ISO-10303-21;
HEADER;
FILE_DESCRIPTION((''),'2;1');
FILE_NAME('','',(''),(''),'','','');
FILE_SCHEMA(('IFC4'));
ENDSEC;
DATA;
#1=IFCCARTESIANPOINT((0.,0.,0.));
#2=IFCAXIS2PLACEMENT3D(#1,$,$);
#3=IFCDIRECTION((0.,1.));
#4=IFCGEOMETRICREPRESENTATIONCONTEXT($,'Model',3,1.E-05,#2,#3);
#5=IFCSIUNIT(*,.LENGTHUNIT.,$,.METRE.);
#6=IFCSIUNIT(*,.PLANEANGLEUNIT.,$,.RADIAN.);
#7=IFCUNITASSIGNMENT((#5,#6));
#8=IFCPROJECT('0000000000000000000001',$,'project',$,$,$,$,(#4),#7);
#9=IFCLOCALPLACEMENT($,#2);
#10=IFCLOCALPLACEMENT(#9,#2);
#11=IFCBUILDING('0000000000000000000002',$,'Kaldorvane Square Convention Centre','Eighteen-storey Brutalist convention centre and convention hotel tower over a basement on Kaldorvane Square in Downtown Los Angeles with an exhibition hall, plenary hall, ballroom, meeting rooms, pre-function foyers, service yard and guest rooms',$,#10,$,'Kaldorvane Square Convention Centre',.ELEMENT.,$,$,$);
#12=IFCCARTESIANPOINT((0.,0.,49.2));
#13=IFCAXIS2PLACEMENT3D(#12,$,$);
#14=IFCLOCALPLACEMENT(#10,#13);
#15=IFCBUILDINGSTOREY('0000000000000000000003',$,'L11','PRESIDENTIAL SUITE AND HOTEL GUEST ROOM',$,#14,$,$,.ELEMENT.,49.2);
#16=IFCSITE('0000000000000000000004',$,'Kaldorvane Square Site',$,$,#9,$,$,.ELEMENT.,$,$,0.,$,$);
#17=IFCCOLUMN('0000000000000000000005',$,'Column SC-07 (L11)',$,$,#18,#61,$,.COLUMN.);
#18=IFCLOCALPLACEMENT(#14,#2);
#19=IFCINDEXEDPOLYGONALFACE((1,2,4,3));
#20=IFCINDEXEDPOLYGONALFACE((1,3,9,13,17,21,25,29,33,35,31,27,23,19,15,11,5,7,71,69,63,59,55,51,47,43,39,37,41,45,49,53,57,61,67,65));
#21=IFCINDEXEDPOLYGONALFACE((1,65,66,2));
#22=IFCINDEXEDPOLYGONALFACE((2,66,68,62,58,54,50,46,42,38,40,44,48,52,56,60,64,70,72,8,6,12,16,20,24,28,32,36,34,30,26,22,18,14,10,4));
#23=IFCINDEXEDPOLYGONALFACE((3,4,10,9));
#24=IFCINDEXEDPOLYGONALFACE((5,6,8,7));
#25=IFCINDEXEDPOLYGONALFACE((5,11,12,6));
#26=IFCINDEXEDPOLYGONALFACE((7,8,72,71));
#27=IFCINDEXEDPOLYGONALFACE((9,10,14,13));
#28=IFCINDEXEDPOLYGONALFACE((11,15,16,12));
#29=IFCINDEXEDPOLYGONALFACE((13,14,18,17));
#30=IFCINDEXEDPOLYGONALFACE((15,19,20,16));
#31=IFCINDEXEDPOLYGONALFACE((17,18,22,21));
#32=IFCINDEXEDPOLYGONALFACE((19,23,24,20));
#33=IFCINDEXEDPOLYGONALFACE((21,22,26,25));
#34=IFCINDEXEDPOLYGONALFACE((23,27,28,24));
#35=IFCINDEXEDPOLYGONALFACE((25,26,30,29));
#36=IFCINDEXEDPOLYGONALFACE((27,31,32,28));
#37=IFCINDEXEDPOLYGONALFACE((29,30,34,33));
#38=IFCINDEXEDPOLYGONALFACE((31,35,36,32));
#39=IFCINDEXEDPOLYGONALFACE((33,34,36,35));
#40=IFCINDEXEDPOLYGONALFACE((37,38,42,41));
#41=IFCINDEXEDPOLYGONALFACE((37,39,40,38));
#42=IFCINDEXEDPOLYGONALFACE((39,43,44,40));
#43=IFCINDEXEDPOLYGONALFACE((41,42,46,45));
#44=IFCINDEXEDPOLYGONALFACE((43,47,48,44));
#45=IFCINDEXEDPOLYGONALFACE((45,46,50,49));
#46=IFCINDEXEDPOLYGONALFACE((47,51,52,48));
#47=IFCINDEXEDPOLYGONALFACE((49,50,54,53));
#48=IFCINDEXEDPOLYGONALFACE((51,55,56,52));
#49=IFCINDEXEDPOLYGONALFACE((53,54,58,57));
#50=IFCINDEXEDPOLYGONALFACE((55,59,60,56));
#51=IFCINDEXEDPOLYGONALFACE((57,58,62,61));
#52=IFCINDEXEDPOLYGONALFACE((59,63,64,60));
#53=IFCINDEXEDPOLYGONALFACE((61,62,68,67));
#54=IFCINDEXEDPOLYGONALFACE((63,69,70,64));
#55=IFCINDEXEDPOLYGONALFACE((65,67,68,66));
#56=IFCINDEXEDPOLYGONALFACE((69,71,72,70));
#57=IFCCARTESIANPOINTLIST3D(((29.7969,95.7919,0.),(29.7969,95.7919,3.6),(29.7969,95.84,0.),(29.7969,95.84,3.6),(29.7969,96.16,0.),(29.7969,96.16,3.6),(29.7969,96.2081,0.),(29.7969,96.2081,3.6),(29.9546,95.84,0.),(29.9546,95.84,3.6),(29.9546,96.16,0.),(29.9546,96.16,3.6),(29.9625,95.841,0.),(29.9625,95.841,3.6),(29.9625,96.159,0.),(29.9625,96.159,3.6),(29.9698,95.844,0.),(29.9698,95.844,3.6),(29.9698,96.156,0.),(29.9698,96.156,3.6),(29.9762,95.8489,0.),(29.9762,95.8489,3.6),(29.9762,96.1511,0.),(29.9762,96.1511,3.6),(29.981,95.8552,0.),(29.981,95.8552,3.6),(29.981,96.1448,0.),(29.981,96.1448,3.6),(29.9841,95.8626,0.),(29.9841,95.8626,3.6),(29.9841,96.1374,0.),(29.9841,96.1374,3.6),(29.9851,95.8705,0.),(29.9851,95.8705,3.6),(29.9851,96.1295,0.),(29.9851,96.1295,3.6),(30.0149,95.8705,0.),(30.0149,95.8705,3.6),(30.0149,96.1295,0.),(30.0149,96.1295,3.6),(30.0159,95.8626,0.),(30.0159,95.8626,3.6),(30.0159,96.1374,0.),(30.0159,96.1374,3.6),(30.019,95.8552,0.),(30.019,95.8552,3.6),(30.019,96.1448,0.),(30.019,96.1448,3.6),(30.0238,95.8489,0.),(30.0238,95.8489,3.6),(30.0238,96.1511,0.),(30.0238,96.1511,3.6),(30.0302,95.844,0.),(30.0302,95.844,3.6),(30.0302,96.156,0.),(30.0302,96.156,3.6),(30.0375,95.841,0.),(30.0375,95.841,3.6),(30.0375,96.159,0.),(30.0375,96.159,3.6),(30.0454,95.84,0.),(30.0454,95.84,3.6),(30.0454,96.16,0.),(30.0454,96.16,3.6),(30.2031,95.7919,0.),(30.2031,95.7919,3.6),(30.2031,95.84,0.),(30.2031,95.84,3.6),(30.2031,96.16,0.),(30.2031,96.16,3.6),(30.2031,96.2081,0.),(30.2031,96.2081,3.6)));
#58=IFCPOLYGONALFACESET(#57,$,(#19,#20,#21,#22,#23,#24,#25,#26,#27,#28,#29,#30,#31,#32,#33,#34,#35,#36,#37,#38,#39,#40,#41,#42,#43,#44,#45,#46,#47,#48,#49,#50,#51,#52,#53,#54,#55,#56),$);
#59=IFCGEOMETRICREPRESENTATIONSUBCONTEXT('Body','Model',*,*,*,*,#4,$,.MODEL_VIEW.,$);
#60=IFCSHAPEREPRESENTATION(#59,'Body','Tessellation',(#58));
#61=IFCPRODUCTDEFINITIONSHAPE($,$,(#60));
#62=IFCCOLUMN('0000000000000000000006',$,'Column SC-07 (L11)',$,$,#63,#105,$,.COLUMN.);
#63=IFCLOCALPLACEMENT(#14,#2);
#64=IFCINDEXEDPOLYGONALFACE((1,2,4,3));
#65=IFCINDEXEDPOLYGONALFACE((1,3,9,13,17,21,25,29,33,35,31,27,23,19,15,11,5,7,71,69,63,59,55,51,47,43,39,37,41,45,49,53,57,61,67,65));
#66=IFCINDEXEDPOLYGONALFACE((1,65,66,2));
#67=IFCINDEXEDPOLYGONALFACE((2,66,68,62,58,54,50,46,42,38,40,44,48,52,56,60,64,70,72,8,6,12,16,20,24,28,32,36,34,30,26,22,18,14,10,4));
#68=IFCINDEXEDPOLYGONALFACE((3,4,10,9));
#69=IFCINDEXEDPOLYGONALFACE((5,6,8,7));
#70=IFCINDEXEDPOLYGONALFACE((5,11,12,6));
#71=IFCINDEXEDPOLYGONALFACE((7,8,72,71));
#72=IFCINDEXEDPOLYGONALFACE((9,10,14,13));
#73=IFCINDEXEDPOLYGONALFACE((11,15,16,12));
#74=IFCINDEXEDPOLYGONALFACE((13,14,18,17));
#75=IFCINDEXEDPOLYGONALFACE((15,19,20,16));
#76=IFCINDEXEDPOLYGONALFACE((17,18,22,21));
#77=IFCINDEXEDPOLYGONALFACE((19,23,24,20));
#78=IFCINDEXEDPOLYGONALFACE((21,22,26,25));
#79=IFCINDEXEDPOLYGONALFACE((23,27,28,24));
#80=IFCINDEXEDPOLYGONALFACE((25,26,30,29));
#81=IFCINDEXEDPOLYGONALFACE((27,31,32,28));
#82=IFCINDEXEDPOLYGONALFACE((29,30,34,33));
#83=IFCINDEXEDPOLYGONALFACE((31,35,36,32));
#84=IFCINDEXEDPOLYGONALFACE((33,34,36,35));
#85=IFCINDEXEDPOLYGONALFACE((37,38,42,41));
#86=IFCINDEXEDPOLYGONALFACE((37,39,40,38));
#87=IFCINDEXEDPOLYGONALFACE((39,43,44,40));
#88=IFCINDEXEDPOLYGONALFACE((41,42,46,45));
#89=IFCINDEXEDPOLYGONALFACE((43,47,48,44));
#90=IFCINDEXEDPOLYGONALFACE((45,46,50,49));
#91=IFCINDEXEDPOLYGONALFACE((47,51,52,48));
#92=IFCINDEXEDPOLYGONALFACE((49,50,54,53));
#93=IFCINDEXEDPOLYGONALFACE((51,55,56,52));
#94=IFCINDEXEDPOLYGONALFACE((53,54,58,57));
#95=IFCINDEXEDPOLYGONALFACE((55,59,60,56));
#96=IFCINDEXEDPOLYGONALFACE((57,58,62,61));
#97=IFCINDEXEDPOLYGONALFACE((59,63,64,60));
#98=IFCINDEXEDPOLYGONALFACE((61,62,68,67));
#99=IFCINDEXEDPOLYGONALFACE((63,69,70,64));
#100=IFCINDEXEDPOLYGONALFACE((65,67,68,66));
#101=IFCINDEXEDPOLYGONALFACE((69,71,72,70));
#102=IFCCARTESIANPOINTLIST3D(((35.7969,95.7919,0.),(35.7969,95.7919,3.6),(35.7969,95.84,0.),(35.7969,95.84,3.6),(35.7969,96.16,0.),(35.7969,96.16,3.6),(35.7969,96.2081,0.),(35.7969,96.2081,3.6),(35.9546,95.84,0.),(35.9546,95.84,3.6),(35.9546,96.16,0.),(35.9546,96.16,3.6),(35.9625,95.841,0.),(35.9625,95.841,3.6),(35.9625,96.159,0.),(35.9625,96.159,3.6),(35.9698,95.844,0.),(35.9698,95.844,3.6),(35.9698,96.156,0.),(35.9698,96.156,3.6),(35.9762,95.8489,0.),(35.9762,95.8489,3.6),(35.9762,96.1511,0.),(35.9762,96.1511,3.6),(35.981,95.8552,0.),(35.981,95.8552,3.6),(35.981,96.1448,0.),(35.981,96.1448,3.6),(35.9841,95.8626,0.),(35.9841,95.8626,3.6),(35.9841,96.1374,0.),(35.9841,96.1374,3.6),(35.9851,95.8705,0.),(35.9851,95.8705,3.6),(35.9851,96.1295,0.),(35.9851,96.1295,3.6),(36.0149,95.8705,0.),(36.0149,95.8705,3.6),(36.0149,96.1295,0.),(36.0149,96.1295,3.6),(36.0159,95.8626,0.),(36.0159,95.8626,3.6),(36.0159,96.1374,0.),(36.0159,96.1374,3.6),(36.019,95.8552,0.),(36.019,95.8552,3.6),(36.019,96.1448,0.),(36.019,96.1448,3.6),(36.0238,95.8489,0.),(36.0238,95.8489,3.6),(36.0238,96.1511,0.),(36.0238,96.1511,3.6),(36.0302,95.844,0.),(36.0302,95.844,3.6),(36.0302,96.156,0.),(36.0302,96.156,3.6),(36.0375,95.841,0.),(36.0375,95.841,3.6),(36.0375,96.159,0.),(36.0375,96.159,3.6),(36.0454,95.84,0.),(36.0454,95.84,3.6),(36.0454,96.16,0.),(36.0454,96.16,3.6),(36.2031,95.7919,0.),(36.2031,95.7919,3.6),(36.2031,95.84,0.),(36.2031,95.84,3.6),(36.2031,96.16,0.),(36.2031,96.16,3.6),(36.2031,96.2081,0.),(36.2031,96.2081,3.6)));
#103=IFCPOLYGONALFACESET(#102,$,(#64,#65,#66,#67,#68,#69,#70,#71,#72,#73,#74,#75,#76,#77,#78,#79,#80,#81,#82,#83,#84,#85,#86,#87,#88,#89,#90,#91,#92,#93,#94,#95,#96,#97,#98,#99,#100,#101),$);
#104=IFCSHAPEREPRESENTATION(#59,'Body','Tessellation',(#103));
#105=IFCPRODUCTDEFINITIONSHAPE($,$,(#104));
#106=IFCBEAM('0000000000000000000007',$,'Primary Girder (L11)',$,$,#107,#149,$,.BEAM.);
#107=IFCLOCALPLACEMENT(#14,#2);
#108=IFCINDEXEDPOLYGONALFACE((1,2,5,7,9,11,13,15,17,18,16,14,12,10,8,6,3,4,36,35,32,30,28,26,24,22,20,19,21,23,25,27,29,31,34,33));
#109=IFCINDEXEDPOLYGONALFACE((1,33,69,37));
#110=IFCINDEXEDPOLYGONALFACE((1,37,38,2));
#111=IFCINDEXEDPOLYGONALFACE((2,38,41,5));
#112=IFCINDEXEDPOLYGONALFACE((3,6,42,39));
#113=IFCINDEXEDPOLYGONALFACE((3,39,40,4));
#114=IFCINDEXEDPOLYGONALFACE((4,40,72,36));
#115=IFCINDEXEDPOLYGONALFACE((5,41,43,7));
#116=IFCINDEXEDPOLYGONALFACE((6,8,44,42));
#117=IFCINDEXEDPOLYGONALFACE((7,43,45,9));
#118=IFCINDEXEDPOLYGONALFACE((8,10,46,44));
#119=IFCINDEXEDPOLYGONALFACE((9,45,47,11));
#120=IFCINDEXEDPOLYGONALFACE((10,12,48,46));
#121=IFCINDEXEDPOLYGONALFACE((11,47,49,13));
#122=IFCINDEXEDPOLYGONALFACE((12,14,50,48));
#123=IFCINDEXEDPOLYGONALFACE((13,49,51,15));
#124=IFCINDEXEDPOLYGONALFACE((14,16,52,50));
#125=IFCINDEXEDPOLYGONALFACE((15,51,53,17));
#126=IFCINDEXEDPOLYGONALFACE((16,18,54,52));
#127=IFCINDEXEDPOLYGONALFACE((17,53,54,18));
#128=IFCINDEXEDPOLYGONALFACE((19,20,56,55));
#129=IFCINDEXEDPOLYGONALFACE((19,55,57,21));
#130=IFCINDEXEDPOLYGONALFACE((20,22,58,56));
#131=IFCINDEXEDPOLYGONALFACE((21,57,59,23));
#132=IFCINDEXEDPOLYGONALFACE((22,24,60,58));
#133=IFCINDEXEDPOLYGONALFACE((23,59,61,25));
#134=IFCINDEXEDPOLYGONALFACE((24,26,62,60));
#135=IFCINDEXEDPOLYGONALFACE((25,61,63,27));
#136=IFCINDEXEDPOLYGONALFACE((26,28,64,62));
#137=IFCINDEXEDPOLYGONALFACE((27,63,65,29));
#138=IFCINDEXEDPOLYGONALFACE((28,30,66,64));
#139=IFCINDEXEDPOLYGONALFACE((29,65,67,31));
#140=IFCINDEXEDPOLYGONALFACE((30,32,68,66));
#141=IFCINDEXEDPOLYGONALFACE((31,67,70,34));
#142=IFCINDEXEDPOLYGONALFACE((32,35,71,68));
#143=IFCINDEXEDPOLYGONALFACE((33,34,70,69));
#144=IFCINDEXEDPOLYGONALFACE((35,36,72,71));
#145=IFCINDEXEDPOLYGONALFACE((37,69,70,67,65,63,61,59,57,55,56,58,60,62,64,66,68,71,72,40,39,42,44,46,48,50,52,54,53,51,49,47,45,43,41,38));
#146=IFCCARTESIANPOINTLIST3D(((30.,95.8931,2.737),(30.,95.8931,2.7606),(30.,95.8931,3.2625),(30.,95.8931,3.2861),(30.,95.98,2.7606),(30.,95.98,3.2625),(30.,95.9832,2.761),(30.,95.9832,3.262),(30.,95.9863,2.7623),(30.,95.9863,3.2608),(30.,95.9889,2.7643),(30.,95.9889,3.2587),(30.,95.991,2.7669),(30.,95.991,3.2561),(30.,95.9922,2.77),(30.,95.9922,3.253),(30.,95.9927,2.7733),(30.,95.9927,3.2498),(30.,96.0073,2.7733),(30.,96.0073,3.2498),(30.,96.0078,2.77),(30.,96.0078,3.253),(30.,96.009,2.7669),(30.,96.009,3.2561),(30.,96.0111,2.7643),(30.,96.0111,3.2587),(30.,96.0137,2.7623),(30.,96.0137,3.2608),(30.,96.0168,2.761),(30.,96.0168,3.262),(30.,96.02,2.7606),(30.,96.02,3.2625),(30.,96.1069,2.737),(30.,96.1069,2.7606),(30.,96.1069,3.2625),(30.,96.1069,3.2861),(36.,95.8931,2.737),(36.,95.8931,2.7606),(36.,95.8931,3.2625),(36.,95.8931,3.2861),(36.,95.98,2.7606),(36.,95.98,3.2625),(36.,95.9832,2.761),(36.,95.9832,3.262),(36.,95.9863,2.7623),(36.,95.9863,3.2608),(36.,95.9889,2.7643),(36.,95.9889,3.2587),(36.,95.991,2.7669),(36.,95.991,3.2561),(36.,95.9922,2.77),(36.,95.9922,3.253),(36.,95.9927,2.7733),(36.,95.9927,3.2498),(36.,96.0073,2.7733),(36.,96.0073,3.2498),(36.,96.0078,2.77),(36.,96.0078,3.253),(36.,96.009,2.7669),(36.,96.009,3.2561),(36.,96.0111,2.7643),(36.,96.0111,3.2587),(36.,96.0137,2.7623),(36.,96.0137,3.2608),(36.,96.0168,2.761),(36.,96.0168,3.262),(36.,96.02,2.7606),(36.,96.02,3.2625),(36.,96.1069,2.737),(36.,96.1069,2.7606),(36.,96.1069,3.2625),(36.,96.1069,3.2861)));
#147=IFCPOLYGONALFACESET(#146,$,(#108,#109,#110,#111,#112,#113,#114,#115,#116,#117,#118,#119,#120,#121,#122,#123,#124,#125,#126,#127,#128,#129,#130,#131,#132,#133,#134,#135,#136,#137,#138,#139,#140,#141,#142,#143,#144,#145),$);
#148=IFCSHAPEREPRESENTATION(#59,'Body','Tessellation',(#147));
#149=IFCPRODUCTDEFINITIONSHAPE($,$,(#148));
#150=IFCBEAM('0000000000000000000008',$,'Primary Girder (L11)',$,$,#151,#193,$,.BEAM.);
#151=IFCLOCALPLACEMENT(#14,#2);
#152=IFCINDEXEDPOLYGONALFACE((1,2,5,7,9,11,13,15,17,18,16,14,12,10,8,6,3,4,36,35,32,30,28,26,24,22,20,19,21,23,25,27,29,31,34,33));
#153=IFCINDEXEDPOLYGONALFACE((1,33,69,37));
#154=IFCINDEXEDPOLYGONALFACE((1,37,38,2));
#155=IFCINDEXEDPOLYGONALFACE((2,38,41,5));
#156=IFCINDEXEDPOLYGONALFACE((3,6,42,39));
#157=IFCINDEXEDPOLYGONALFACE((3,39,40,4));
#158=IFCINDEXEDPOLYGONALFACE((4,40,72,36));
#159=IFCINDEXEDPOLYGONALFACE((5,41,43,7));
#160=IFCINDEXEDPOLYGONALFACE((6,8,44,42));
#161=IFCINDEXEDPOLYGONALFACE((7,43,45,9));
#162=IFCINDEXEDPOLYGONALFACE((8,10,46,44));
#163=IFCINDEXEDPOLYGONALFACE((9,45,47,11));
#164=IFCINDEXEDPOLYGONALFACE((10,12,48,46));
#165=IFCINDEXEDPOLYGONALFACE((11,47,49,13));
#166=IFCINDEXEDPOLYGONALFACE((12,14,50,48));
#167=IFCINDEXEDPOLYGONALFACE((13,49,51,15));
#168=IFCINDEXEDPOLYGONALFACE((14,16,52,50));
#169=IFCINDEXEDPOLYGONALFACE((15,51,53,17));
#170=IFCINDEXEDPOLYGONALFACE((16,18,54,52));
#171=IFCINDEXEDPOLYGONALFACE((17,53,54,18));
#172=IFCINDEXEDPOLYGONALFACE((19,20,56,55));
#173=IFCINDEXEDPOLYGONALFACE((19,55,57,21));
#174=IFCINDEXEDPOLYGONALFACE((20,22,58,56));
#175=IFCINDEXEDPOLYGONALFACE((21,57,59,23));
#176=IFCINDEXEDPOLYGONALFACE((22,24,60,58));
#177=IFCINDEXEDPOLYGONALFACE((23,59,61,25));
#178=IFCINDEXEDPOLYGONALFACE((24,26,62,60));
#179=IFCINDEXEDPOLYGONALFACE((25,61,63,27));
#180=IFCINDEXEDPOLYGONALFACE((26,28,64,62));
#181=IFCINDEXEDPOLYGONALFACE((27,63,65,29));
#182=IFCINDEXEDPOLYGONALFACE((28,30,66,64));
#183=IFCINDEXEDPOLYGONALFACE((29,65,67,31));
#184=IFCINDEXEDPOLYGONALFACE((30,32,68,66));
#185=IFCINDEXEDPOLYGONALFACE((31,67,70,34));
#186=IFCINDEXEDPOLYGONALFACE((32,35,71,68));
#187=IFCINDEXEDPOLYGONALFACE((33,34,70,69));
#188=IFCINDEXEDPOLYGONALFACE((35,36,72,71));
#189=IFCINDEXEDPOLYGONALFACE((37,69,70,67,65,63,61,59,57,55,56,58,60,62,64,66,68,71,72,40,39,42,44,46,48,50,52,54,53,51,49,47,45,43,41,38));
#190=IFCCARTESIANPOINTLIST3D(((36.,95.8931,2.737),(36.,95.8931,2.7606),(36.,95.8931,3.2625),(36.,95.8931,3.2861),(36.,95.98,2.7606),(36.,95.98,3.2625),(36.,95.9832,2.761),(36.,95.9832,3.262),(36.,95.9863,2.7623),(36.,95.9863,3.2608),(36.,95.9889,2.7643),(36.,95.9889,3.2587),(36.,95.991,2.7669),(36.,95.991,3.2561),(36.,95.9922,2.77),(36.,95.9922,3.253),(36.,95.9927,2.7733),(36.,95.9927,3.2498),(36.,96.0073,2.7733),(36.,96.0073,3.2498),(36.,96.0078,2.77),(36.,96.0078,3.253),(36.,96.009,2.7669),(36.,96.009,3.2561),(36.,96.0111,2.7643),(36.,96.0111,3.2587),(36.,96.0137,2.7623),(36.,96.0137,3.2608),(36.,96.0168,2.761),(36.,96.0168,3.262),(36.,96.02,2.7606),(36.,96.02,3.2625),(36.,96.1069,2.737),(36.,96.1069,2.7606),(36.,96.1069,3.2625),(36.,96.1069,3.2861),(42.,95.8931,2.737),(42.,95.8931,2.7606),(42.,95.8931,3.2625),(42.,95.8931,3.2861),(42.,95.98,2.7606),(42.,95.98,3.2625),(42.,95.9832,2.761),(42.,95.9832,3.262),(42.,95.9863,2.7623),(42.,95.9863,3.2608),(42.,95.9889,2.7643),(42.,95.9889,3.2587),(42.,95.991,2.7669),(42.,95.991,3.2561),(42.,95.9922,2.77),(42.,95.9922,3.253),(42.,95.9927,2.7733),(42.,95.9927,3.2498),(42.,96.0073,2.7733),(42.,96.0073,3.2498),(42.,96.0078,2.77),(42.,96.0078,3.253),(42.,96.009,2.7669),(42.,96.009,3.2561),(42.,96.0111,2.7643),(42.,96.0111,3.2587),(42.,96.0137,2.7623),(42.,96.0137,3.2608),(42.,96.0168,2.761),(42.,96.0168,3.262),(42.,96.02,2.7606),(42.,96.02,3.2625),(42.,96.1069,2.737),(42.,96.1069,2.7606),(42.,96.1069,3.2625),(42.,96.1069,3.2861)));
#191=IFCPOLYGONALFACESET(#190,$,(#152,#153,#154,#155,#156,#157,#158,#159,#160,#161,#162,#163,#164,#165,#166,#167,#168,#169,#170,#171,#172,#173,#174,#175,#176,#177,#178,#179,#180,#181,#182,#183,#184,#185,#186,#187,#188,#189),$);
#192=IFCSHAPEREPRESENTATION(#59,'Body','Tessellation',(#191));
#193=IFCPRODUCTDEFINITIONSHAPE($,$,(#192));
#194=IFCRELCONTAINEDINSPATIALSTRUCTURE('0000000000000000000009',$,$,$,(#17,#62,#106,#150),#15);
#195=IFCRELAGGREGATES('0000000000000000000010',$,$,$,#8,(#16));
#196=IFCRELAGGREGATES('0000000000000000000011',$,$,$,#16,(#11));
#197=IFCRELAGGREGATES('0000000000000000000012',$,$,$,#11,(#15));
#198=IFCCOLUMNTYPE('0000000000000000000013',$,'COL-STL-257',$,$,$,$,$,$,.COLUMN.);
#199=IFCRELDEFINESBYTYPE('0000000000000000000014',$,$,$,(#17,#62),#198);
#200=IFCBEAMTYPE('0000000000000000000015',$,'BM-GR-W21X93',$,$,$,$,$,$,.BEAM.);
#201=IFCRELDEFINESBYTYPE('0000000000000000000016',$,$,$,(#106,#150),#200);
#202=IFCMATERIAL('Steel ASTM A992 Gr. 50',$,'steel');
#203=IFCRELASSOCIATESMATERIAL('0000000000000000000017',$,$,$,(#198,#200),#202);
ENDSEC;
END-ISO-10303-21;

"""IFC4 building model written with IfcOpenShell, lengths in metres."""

from ifc_helpers import new_model, si_unit, direction, frame, origin, origin_2d, place, context, subcontext, project, spatial, i_section, extrude, material, material_profile, profile_set, type_object, element, save


model = new_model("IFC4")

# Units and contexts
model_context = context("Model", 3, precision=1e-05, world=origin(), true_north=direction((0.0, 1.0)))
body_context = subcontext(model_context, "Body", "Model", "MODEL_VIEW")
ifc_project = project(units=[si_unit("LENGTHUNIT", "METRE"), si_unit("PLANEANGLEUNIT", "RADIAN")], contexts=[model_context])

# Site, building, storey
site_placement = place(None, origin())
site = spatial("IfcSite", under=ifc_project, at=site_placement, Name="Kaldorvane Square Site", CompositionType="ELEMENT", RefElevation=0.0)
building_placement = place(site_placement, origin())
building = spatial("IfcBuilding", under=site, at=building_placement, Name="Kaldorvane Square Convention Centre", Description="Eighteen-storey Brutalist convention centre and convention hotel tower over a basement on Kaldorvane Square in Downtown Los Angeles with an exhibition hall, plenary hall, ballroom, meeting rooms, pre-function foyers, service yard and guest rooms", LongName="Kaldorvane Square Convention Centre", CompositionType="ELEMENT")
storey_placement = place(building_placement, frame((0.0, 0.0, 49.2)))
storey = spatial("IfcBuildingStorey", under=building, at=storey_placement, Name="L11", Description="PRESIDENTIAL SUITE AND HOTEL GUEST ROOM", CompositionType="ELEMENT", Elevation=49.2)

# Columns
ifc_material_1 = material(Name="Steel ASTM A992 Gr. 50", Category="steel")
ifc_material_profile_1 = material_profile(ifc_material_1, i_section(OverallWidth=0.4063, OverallDepth=0.4161, WebThickness=0.0298, FlangeThickness=0.048, FilletRadius=0.0305, at=origin_2d()), Name="W14X257")
ifc_profile_set_1 = profile_set([ifc_material_profile_1], Name="Steel ASTM A992 Gr. 50")
column_type = type_object("IfcColumnType", Name="COL-STL-257", PredefinedType="COLUMN", material=ifc_profile_set_1)
for number, where, z_axis, x_axis, name in (
    (1, (30.0, 96.0, 0.0), (0.0, 0.0, 1.0), (1.0, 0.0, 0.0), "Column SC-07 (L11)"),
    (2, (36.0, 96.0, 0.0), (0.0, 0.0, 1.0), (1.0, 0.0, 0.0), "Column SC-07 (L11)"),
):
    element("IfcColumn", number, at=place(storey_placement, frame(where, z_axis=z_axis, x_axis=x_axis)), inside=storey, type_object=column_type, Name=name, PredefinedType="COLUMN", context=body_context, shape_type="SweptSolid", body=[
        extrude(i_section(OverallWidth=0.4063, OverallDepth=0.4161, WebThickness=0.0298, FlangeThickness=0.048, FilletRadius=0.0305, at=origin_2d()), origin(), (0.0, 0.0, 1.0), 3.6),
    ])

# Beams
ifc_material_profile_2 = material_profile(ifc_material_1, i_section(OverallWidth=0.2139, OverallDepth=0.5491, WebThickness=0.0147, FlangeThickness=0.0236, FilletRadius=0.0127, at=origin_2d()), Name="W21X93")
ifc_profile_set_2 = profile_set([ifc_material_profile_2], Name="Steel ASTM A992 Gr. 50")
beam_type_1 = type_object("IfcBeamType", Name="BM-GR-W21X93", PredefinedType="BEAM", material=ifc_profile_set_2)
for number, where, z_axis, x_axis, name in (
    (3, (30.0, 96.0, 3.0115), (1.0, 0.0, 0.0), (0.0, 1.0, 0.0), "Primary Girder (L11)"),
    (4, (36.0, 96.0, 3.0115), (1.0, 0.0, 0.0), (0.0, 1.0, 0.0), "Primary Girder (L11)"),
):
    element("IfcBeam", number, at=place(storey_placement, frame(where, z_axis=z_axis, x_axis=x_axis)), inside=storey, type_object=beam_type_1, Name=name, PredefinedType="BEAM", context=body_context, shape_type="SweptSolid", body=[
        extrude(i_section(OverallWidth=0.2139, OverallDepth=0.5491, WebThickness=0.0147, FlangeThickness=0.0236, FilletRadius=0.0127, at=origin_2d()), origin(), (0.0, 0.0, 1.0), 6.0),
    ])

save(model, "model.ifc")
